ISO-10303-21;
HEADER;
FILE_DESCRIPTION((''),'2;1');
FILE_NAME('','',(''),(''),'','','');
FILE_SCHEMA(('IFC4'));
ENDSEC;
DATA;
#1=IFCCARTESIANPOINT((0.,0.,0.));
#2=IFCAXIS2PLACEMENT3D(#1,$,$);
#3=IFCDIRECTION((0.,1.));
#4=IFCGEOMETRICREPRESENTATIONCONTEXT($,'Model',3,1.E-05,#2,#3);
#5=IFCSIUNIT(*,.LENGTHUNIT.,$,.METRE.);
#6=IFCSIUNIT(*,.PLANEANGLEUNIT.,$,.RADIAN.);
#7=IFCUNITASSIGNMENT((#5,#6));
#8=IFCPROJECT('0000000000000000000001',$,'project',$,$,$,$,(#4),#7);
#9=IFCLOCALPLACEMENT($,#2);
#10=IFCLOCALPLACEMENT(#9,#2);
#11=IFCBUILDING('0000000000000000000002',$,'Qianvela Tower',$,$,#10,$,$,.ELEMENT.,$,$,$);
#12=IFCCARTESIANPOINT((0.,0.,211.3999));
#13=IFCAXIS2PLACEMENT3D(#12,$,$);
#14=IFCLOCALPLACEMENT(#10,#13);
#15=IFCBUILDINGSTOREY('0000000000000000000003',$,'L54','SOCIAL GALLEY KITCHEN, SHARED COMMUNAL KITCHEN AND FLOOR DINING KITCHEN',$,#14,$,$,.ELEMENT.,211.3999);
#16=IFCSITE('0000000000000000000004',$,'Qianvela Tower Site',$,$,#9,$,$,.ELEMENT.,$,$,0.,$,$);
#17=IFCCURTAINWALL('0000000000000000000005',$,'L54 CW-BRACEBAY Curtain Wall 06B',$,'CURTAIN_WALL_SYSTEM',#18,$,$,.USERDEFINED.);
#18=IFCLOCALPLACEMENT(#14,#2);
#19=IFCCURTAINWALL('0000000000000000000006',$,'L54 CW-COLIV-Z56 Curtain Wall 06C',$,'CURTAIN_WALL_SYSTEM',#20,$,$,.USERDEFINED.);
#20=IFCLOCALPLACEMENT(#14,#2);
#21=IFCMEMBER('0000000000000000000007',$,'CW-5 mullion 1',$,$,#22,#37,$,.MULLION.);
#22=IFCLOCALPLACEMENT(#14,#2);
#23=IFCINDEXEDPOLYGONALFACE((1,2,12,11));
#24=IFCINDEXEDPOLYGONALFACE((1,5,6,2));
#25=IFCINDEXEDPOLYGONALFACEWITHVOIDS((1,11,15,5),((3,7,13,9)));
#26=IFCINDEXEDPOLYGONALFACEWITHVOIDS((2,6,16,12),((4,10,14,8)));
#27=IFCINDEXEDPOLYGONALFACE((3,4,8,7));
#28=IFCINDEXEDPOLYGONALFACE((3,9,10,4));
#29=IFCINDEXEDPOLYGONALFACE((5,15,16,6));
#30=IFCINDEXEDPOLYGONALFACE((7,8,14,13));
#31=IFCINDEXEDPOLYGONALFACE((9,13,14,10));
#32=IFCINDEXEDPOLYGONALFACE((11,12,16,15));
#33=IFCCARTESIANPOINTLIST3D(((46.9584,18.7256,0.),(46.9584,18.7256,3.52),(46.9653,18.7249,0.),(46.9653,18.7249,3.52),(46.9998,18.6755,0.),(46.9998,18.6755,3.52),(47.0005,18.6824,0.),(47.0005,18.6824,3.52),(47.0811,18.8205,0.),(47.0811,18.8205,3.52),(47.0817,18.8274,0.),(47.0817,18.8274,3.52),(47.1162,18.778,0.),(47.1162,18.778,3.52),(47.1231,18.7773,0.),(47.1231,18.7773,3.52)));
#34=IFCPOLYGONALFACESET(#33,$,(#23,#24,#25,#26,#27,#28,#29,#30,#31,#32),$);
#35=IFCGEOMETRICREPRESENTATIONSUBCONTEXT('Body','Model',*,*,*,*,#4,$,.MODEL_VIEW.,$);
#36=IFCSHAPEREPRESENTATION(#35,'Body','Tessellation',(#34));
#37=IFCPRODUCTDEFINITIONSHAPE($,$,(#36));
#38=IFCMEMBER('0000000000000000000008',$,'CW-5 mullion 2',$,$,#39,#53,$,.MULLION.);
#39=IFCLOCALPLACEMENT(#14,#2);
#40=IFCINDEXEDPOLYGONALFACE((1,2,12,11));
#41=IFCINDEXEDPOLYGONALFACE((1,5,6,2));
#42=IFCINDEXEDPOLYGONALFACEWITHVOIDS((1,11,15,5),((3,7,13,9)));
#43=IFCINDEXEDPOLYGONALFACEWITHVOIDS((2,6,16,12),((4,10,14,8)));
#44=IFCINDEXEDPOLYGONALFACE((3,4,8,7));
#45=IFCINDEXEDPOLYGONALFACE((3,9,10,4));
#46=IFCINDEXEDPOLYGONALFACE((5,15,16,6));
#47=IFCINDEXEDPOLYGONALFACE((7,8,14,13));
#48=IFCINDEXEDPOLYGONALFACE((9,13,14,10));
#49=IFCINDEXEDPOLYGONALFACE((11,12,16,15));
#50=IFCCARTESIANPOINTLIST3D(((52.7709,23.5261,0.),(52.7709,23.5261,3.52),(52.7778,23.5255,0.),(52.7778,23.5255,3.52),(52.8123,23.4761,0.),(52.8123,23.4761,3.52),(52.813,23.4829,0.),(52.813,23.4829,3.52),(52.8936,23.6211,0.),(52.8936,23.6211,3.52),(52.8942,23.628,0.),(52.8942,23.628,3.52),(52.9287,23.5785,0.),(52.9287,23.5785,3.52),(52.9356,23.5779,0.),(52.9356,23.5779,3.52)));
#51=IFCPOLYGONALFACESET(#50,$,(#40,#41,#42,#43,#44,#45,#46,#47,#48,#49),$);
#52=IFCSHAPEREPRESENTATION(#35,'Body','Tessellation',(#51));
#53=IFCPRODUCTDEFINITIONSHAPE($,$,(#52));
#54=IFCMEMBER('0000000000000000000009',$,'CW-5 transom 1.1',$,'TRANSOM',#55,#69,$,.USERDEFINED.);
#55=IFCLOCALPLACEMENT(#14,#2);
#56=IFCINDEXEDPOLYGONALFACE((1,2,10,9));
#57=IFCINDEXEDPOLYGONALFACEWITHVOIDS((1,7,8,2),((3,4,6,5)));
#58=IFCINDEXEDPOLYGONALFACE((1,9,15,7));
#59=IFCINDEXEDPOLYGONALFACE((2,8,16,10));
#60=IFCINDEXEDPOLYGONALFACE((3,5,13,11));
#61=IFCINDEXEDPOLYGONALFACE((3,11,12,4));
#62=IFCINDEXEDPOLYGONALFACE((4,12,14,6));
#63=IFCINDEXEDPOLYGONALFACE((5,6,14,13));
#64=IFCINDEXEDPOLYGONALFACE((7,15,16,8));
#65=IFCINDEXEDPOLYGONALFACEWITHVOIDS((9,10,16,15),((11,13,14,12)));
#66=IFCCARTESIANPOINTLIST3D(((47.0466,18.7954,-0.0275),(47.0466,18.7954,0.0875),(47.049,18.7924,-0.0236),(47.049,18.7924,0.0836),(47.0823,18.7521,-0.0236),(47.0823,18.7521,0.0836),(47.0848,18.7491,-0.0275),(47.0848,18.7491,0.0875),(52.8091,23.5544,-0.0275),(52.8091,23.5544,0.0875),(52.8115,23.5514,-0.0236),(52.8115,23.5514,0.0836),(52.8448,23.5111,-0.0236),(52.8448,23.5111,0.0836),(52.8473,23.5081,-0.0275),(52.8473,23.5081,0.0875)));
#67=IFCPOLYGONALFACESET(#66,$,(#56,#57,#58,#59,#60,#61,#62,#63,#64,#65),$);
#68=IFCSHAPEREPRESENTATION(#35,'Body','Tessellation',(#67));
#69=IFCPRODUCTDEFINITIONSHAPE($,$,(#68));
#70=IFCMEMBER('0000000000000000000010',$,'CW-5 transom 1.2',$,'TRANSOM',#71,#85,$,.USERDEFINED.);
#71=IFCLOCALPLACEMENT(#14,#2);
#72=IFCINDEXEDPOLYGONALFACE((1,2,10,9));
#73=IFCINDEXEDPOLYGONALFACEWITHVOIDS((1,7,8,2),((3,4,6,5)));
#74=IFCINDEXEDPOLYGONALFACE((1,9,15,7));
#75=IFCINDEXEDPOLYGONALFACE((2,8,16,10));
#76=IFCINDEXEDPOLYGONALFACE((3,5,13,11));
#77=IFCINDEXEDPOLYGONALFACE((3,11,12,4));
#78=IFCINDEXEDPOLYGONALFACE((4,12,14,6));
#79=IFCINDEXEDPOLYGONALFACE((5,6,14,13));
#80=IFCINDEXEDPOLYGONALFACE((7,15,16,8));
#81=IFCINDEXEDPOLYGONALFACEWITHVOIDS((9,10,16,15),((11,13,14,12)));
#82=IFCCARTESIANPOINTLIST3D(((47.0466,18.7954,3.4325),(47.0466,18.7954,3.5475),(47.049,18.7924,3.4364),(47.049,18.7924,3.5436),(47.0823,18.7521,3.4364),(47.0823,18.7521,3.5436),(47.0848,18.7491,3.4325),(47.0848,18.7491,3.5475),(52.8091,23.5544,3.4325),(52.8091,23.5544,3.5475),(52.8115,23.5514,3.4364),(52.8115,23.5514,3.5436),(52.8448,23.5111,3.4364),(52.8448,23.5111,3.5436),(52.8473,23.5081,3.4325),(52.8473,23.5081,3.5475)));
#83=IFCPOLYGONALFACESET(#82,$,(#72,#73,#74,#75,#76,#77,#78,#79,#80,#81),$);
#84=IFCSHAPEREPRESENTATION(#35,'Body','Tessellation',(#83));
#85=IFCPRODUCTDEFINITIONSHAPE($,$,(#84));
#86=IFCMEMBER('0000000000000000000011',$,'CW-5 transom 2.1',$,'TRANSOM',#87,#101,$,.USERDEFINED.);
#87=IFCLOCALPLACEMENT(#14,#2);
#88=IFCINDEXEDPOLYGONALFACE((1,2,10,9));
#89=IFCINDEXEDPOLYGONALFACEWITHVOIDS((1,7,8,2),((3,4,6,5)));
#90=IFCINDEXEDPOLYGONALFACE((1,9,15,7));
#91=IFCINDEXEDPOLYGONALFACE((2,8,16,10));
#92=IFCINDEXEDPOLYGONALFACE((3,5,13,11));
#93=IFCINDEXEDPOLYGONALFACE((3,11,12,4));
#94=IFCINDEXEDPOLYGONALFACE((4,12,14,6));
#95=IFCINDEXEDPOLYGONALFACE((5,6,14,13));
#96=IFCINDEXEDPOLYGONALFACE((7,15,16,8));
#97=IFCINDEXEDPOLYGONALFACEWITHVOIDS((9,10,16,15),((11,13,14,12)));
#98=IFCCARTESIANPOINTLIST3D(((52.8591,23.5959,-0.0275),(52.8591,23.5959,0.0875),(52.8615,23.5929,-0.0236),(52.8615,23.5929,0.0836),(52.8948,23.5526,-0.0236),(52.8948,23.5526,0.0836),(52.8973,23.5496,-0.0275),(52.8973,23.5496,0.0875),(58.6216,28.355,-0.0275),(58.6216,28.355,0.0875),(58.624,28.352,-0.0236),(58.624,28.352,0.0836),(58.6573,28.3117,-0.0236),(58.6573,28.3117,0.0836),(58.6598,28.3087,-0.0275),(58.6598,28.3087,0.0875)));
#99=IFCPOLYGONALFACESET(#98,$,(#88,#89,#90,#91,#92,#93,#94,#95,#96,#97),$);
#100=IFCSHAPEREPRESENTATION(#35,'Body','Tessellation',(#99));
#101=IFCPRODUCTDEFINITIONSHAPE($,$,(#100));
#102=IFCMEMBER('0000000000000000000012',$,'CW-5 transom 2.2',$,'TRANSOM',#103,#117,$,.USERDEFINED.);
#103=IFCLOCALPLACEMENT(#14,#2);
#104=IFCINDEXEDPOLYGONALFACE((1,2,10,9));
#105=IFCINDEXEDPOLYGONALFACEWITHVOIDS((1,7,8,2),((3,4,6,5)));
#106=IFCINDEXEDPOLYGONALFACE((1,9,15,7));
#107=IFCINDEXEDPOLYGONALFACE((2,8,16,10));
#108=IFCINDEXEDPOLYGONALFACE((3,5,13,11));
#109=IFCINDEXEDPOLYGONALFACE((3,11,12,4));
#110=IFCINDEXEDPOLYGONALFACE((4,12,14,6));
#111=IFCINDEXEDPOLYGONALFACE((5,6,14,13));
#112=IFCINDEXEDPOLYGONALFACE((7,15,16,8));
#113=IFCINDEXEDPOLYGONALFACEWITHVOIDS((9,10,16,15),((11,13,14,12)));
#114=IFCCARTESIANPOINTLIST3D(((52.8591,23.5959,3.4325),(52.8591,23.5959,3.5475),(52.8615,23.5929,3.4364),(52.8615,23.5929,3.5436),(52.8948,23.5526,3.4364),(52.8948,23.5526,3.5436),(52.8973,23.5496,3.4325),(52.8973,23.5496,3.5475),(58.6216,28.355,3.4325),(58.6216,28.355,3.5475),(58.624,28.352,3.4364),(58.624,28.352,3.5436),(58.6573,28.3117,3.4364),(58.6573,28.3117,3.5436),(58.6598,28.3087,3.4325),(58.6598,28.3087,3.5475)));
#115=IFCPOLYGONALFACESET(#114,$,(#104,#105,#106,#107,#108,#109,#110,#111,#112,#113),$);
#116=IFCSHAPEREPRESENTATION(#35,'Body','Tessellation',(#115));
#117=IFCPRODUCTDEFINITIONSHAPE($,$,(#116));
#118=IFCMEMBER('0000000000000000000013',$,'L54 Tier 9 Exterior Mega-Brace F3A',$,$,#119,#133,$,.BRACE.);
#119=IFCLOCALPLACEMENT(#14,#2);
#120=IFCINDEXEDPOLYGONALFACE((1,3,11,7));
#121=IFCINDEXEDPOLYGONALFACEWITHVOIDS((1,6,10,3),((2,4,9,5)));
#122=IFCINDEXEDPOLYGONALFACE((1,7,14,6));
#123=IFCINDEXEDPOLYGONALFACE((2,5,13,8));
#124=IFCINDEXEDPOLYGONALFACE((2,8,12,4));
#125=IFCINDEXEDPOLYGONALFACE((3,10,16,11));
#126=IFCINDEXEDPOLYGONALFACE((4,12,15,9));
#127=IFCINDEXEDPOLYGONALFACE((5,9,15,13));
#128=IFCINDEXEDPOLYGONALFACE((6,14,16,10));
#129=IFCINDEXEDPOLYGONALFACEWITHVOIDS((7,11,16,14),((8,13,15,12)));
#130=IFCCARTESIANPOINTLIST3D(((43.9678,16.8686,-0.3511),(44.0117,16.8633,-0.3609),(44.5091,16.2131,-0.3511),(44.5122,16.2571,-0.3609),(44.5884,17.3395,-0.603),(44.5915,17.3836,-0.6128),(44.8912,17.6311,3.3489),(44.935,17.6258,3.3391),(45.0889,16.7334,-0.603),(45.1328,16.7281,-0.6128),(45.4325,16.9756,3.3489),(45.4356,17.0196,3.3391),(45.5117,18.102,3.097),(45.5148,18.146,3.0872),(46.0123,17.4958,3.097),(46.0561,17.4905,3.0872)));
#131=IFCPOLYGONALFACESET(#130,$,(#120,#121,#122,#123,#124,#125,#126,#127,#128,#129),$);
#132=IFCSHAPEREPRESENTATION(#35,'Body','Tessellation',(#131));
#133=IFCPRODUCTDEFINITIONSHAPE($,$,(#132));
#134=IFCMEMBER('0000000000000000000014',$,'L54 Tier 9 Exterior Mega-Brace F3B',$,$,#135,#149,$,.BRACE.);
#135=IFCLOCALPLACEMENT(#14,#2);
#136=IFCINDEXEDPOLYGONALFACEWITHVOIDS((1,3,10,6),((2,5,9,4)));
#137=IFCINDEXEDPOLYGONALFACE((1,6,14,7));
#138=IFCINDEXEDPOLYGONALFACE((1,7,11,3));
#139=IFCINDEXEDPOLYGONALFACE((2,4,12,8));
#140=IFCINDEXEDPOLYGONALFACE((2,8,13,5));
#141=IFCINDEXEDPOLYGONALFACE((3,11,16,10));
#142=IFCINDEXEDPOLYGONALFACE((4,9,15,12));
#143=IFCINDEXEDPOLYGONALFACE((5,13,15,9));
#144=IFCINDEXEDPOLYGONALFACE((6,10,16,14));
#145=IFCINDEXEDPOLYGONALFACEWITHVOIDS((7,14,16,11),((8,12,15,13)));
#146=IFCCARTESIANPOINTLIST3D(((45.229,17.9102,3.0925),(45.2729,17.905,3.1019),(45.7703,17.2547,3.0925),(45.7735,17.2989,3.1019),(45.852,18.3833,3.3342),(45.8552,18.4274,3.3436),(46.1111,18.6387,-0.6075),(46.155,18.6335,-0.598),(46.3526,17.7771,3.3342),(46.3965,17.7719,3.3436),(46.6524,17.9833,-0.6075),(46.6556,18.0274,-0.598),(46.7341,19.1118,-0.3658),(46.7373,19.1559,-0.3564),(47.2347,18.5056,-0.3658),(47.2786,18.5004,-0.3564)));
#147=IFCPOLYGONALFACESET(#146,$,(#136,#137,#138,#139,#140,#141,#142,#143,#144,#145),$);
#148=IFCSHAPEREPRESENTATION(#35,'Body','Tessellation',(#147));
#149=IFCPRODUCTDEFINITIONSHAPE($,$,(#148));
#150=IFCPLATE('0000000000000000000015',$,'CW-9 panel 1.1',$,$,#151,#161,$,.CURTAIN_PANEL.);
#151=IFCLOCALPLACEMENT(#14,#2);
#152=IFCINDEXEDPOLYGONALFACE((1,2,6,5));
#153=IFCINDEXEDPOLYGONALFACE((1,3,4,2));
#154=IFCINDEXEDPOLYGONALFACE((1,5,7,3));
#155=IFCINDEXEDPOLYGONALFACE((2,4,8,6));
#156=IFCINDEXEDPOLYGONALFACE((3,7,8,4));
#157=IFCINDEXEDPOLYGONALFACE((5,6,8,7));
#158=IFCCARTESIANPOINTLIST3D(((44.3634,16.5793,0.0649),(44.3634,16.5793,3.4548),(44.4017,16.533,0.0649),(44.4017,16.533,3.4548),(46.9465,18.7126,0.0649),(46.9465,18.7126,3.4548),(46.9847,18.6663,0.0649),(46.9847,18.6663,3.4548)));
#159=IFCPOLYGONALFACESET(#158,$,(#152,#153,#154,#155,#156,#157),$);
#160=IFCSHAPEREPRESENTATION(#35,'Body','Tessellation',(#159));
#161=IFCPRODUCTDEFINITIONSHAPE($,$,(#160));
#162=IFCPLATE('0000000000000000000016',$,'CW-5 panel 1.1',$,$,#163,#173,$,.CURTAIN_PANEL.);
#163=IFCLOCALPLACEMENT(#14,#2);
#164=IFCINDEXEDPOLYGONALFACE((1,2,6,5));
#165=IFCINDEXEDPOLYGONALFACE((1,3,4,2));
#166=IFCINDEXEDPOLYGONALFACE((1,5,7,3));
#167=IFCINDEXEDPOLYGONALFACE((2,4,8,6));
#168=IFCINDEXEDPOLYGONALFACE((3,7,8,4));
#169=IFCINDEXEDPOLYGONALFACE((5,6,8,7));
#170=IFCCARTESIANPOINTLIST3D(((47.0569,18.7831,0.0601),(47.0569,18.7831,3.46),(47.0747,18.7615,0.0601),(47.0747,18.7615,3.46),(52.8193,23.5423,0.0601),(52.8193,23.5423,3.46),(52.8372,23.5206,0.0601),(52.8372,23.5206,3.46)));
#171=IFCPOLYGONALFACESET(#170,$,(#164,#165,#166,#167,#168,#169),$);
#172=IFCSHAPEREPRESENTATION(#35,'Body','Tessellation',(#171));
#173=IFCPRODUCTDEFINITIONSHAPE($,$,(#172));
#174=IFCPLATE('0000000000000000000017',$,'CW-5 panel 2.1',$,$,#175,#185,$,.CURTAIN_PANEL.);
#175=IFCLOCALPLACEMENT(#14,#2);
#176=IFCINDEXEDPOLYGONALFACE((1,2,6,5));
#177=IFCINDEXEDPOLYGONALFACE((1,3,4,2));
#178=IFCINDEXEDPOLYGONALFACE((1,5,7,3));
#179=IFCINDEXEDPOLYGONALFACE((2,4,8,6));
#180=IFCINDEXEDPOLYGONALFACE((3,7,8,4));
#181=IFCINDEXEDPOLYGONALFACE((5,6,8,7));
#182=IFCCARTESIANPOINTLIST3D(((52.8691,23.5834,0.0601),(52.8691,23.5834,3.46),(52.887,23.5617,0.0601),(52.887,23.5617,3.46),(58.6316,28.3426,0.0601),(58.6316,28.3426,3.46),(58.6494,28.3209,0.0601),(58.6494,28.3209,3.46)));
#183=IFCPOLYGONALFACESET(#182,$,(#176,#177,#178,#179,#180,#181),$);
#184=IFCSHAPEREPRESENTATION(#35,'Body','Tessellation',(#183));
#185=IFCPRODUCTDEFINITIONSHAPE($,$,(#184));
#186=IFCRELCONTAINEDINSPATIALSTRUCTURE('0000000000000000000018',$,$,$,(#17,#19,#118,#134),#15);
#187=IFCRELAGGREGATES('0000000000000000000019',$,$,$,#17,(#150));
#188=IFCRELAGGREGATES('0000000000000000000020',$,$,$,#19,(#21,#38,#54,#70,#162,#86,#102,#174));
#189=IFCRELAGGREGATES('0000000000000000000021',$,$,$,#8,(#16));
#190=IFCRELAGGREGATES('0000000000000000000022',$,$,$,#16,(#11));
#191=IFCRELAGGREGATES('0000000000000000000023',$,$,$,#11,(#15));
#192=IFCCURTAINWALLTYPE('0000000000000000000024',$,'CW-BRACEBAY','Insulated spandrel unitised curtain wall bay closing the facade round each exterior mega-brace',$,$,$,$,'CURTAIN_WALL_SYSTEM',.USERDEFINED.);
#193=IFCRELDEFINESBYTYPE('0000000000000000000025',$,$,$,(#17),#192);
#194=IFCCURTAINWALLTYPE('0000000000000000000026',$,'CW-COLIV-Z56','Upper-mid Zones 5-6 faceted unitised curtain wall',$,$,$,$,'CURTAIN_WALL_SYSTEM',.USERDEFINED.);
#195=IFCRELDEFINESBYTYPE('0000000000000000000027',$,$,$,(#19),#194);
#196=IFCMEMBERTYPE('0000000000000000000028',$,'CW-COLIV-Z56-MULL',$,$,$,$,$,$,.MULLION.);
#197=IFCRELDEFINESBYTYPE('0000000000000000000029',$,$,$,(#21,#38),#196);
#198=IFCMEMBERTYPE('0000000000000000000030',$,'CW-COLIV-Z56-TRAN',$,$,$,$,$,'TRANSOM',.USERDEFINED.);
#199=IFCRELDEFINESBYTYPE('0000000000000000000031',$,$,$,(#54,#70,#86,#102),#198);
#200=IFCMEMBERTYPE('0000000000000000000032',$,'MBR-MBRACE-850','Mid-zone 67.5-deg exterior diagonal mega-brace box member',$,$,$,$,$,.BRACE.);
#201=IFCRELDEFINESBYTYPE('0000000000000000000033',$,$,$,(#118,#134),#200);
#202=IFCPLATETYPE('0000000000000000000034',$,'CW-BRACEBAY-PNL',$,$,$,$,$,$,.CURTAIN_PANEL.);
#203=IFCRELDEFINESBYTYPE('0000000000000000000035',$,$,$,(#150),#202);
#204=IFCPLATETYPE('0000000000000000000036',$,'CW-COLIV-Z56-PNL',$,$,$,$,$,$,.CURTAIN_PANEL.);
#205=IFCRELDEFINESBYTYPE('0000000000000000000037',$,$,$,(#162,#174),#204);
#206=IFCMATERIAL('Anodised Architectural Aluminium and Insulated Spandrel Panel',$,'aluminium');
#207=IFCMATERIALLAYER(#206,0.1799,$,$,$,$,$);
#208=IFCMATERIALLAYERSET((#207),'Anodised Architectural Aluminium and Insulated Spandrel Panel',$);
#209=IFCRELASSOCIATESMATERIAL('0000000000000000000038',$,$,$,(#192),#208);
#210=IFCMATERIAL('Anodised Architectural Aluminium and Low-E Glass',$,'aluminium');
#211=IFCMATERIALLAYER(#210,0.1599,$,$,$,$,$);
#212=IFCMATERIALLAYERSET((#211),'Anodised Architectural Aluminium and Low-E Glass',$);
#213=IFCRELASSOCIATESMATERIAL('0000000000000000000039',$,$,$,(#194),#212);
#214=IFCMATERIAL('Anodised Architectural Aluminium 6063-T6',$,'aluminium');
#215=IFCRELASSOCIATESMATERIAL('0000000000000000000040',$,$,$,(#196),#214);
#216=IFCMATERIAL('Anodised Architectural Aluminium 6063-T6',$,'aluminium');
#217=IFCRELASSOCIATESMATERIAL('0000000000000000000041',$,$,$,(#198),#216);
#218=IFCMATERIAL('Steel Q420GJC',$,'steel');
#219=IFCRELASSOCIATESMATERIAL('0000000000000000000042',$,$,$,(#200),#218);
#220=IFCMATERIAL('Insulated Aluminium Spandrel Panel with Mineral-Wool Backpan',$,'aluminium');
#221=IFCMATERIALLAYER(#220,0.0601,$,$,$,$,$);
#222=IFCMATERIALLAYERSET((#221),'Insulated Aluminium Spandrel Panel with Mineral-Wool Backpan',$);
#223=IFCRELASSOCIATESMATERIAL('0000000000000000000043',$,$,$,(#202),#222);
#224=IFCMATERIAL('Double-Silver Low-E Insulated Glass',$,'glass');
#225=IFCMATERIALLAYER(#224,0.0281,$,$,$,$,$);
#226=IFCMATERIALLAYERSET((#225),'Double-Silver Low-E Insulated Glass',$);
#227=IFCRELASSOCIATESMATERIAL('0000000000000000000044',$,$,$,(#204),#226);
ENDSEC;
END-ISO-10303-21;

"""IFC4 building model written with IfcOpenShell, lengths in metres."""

from ifc_helpers import new_model, si_unit, direction, frame, origin, origin_2d, place, context, subcontext, project, spatial, rectangle, hollow_rectangle, extrude, material, layer, layer_set, material_profile, profile_set, type_object, element, aggregate, save


model = new_model("IFC4")

# Units and contexts
model_context = context("Model", 3, precision=1e-05, world=origin(), true_north=direction((0.0, 1.0)))
body_context = subcontext(model_context, "Body", "Model", "MODEL_VIEW")
ifc_project = project(units=[si_unit("LENGTHUNIT", "METRE"), si_unit("PLANEANGLEUNIT", "RADIAN")], contexts=[model_context])

# Site, building, storey
site_placement = place(None, origin())
site = spatial("IfcSite", under=ifc_project, at=site_placement, Name="Qianvela Tower Site", CompositionType="ELEMENT", RefElevation=0.0)
building_placement = place(site_placement, origin())
building = spatial("IfcBuilding", under=site, at=building_placement, Name="Qianvela Tower", CompositionType="ELEMENT")
storey_placement = place(building_placement, frame((0.0, 0.0, 211.3999)))
storey = spatial("IfcBuildingStorey", under=building, at=storey_placement, Name="L54", Description="SOCIAL GALLEY KITCHEN, SHARED COMMUNAL KITCHEN AND FLOOR DINING KITCHEN", CompositionType="ELEMENT", Elevation=211.3999)

# Curtain wall
ifc_material_1 = material(Name="Anodised Architectural Aluminium and Insulated Spandrel Panel", Category="aluminium")
ifc_layer_1 = layer(ifc_material_1, 0.1799)
ifc_layer_set_1 = layer_set([ifc_layer_1], Name="Anodised Architectural Aluminium and Insulated Spandrel Panel")
curtain_wall_type_1 = type_object("IfcCurtainWallType", Name="CW-BRACEBAY", Description="Insulated spandrel unitised curtain wall bay closing the facade round each exterior mega-brace", ElementType="CURTAIN_WALL_SYSTEM", PredefinedType="USERDEFINED", material=ifc_layer_set_1)
curtain_wall_1_placement = place(storey_placement, origin())
curtain_wall_1 = element("IfcCurtainWall", 1, at=curtain_wall_1_placement, inside=storey, type_object=curtain_wall_type_1, Name="L54 CW-BRACEBAY Curtain Wall 06B", ObjectType="CURTAIN_WALL_SYSTEM", PredefinedType="USERDEFINED")

# Curtain wall, members
ifc_material_2 = material(Name="Anodised Architectural Aluminium and Low-E Glass", Category="aluminium")
ifc_layer_2 = layer(ifc_material_2, 0.1599)
ifc_layer_set_2 = layer_set([ifc_layer_2], Name="Anodised Architectural Aluminium and Low-E Glass")
curtain_wall_type_2 = type_object("IfcCurtainWallType", Name="CW-COLIV-Z56", Description="Upper-mid Zones 5-6 faceted unitised curtain wall", ElementType="CURTAIN_WALL_SYSTEM", PredefinedType="USERDEFINED", material=ifc_layer_set_2)
curtain_wall_2_placement = place(storey_placement, origin())
curtain_wall_2 = element("IfcCurtainWall", 2, at=curtain_wall_2_placement, inside=storey, type_object=curtain_wall_type_2, Name="L54 CW-COLIV-Z56 Curtain Wall 06C", ObjectType="CURTAIN_WALL_SYSTEM", PredefinedType="USERDEFINED")
ifc_material_3 = material(Name="Anodised Architectural Aluminium 6063-T6", Category="aluminium")
ifc_material_profile_1 = material_profile(ifc_material_3, hollow_rectangle(XDim=0.0649, YDim=0.1599, WallThickness=0.0049, at=origin_2d()), Name="ALU-MULL-65x160")
ifc_profile_set_1 = profile_set([ifc_material_profile_1], Name="Anodised Architectural Aluminium 6063-T6")
member_type_1 = type_object("IfcMemberType", Name="CW-COLIV-Z56-MULL", PredefinedType="MULLION", material=ifc_profile_set_1)
member_1_placement = place(storey_placement, frame((47.0408, 18.7515, 0.0), z_axis=(0.0, 0.0, 1.0), x_axis=(-0.636793, 0.771035, 0.0)))
member_1 = element("IfcMember", 3, at=member_1_placement, type_object=member_type_1, Name="CW-5 mullion 1", PredefinedType="MULLION", context=body_context, shape_type="SweptSolid", body=[
    extrude(hollow_rectangle(XDim=0.0649, YDim=0.1599, WallThickness=0.0049, at=origin_2d()), origin(), (0.0, 0.0, 1.0), 3.52),
])
member_2_placement = place(storey_placement, frame((52.8533, 23.552, 0.0), z_axis=(0.0, 0.0, 1.0), x_axis=(-0.636793, 0.771035, 0.0)))
member_2 = element("IfcMember", 4, at=member_2_placement, type_object=member_type_1, Name="CW-5 mullion 2", PredefinedType="MULLION", context=body_context, shape_type="SweptSolid", body=[
    extrude(hollow_rectangle(XDim=0.0649, YDim=0.1599, WallThickness=0.0049, at=origin_2d()), origin(), (0.0, 0.0, 1.0), 3.52),
])
ifc_material_4 = material(Name="Anodised Architectural Aluminium 6063-T6", Category="aluminium")
ifc_material_profile_2 = material_profile(ifc_material_4, hollow_rectangle(XDim=0.0601, YDim=0.115, WallThickness=0.0039, at=origin_2d()), Name="ALU-TRAN-60x115")
ifc_profile_set_2 = profile_set([ifc_material_profile_2], Name="Anodised Architectural Aluminium 6063-T6")
member_type_2 = type_object("IfcMemberType", Name="CW-COLIV-Z56-TRAN", ElementType="TRANSOM", PredefinedType="USERDEFINED", material=ifc_profile_set_2)
member_3_placement = place(storey_placement, frame((47.0657, 18.7722, 0.03), z_axis=(0.771044, 0.636782, 0.0), x_axis=(-0.636782, 0.771044, 0.0)))
member_3 = element("IfcMember", 5, at=member_3_placement, type_object=member_type_2, Name="CW-5 transom 1.1", ObjectType="TRANSOM", PredefinedType="USERDEFINED", context=body_context, shape_type="SweptSolid", body=[
    extrude(hollow_rectangle(XDim=0.0601, YDim=0.115, WallThickness=0.0039, at=origin_2d()), origin(), (0.0, 0.0, 1.0), 7.4736),
])
member_4_placement = place(storey_placement, frame((47.0657, 18.7722, 3.49), z_axis=(0.771044, 0.636782, 0.0), x_axis=(-0.636782, 0.771044, 0.0)))
member_4 = element("IfcMember", 6, at=member_4_placement, type_object=member_type_2, Name="CW-5 transom 1.2", ObjectType="TRANSOM", PredefinedType="USERDEFINED", context=body_context, shape_type="SweptSolid", body=[
    extrude(hollow_rectangle(XDim=0.0601, YDim=0.115, WallThickness=0.0039, at=origin_2d()), origin(), (0.0, 0.0, 1.0), 7.4736),
])
member_5_placement = place(storey_placement, frame((52.8782, 23.5728, 0.03), z_axis=(0.771044, 0.636782, 0.0), x_axis=(-0.636782, 0.771044, 0.0)))
member_5 = element("IfcMember", 7, at=member_5_placement, type_object=member_type_2, Name="CW-5 transom 2.1", ObjectType="TRANSOM", PredefinedType="USERDEFINED", context=body_context, shape_type="SweptSolid", body=[
    extrude(hollow_rectangle(XDim=0.0601, YDim=0.115, WallThickness=0.0039, at=origin_2d()), origin(), (0.0, 0.0, 1.0), 7.4736),
])
member_6_placement = place(storey_placement, frame((52.8782, 23.5728, 3.49), z_axis=(0.771044, 0.636782, 0.0), x_axis=(-0.636782, 0.771044, 0.0)))
member_6 = element("IfcMember", 8, at=member_6_placement, type_object=member_type_2, Name="CW-5 transom 2.2", ObjectType="TRANSOM", PredefinedType="USERDEFINED", context=body_context, shape_type="SweptSolid", body=[
    extrude(hollow_rectangle(XDim=0.0601, YDim=0.115, WallThickness=0.0039, at=origin_2d()), origin(), (0.0, 0.0, 1.0), 7.4736),
])

# Members
ifc_material_5 = material(Name="Steel Q420GJC", Category="steel")
ifc_material_profile_3 = material_profile(ifc_material_5, hollow_rectangle(XDim=0.8501, YDim=0.8501, WallThickness=0.032, at=origin_2d()), Name="MBOX-850x850x32")
ifc_profile_set_3 = profile_set([ifc_material_profile_3], Name="Steel Q420GJC")
member_type_3 = type_object("IfcMemberType", Name="MBR-MBRACE-850", Description="Mid-zone 67.5-deg exterior diagonal mega-brace box member", PredefinedType="BRACE", material=ifc_profile_set_3)
member_7_placement = place(storey_placement, frame((44.5503, 16.7983, -0.4819), z_axis=(0.23743, 0.196058, 0.951414), x_axis=(-0.636729, 0.771088, 0.0)))
element("IfcMember", 9, at=member_7_placement, inside=storey, type_object=member_type_3, Name="L54 Tier 9 Exterior Mega-Brace F3A", PredefinedType="BRACE", context=body_context, shape_type="SweptSolid", body=[
    extrude(hollow_rectangle(XDim=0.8501, YDim=0.8501, WallThickness=0.032, at=origin_2d()), origin(), (0.0, 0.0, 1.0), 3.8889),
])
member_8_placement = place(storey_placement, frame((46.6948, 18.5696, -0.4819), z_axis=(-0.227764, -0.188112, 0.955373), x_axis=(0.636799, -0.77103, 0.0)))
element("IfcMember", 10, at=member_8_placement, inside=storey, type_object=member_type_3, Name="L54 Tier 9 Exterior Mega-Brace F3B", PredefinedType="BRACE", context=body_context, shape_type="SweptSolid", body=[
    extrude(hollow_rectangle(XDim=0.8501, YDim=0.8501, WallThickness=0.032, at=origin_2d()), origin(), (0.0, 0.0, 1.0), 3.8728),
])

# Plates
ifc_material_6 = material(Name="Insulated Aluminium Spandrel Panel with Mineral-Wool Backpan", Category="aluminium")
ifc_layer_3 = layer(ifc_material_6, 0.0601)
ifc_layer_set_3 = layer_set([ifc_layer_3], Name="Insulated Aluminium Spandrel Panel with Mineral-Wool Backpan")
plate_type_1 = type_object("IfcPlateType", Name="CW-BRACEBAY-PNL", PredefinedType="CURTAIN_PANEL", material=ifc_layer_set_3)
plate_1_placement = place(storey_placement, frame((45.6741, 17.6228, 0.0649), z_axis=(0.0, 0.0, 1.0), x_axis=(0.771026, 0.636803, 0.0)))
plate_1 = element("IfcPlate", 11, at=plate_1_placement, type_object=plate_type_1, Name="CW-9 panel 1.1", PredefinedType="CURTAIN_PANEL", context=body_context, shape_type="SweptSolid", body=[
    extrude(rectangle(XDim=3.3501, YDim=0.0601, at=origin_2d()), origin(), (0.0, 0.0, 1.0), 3.3899),
])
aggregate(curtain_wall_1, [plate_1])
ifc_material_7 = material(Name="Double-Silver Low-E Insulated Glass", Category="glass")
ifc_layer_4 = layer(ifc_material_7, 0.0281)
ifc_layer_set_4 = layer_set([ifc_layer_4], Name="Double-Silver Low-E Insulated Glass")
plate_type_2 = type_object("IfcPlateType", Name="CW-COLIV-Z56-PNL", PredefinedType="CURTAIN_PANEL", material=ifc_layer_set_4)
plate_2_placement = place(storey_placement, frame((49.947, 21.1519, 0.0601), z_axis=(0.0, 0.0, 1.0), x_axis=(0.771035, 0.636793, 0.0)))
plate_2 = element("IfcPlate", 12, at=plate_2_placement, type_object=plate_type_2, Name="CW-5 panel 1.1", PredefinedType="CURTAIN_PANEL", context=body_context, shape_type="SweptSolid", body=[
    extrude(rectangle(XDim=7.4736, YDim=0.0281, at=origin_2d()), origin(), (0.0, 0.0, 1.0), 3.3999),
])
plate_3_placement = place(storey_placement, frame((55.7593, 25.9521, 0.0601), z_axis=(0.0, 0.0, 1.0), x_axis=(0.771035, 0.636793, 0.0)))
plate_3 = element("IfcPlate", 13, at=plate_3_placement, type_object=plate_type_2, Name="CW-5 panel 2.1", PredefinedType="CURTAIN_PANEL", context=body_context, shape_type="SweptSolid", body=[
    extrude(rectangle(XDim=7.4736, YDim=0.0281, at=origin_2d()), origin(), (0.0, 0.0, 1.0), 3.3999),
])
aggregate(curtain_wall_2, [member_1, member_2, member_3, member_4, plate_2, member_5, member_6, plate_3])

save(model, "model.ifc")
